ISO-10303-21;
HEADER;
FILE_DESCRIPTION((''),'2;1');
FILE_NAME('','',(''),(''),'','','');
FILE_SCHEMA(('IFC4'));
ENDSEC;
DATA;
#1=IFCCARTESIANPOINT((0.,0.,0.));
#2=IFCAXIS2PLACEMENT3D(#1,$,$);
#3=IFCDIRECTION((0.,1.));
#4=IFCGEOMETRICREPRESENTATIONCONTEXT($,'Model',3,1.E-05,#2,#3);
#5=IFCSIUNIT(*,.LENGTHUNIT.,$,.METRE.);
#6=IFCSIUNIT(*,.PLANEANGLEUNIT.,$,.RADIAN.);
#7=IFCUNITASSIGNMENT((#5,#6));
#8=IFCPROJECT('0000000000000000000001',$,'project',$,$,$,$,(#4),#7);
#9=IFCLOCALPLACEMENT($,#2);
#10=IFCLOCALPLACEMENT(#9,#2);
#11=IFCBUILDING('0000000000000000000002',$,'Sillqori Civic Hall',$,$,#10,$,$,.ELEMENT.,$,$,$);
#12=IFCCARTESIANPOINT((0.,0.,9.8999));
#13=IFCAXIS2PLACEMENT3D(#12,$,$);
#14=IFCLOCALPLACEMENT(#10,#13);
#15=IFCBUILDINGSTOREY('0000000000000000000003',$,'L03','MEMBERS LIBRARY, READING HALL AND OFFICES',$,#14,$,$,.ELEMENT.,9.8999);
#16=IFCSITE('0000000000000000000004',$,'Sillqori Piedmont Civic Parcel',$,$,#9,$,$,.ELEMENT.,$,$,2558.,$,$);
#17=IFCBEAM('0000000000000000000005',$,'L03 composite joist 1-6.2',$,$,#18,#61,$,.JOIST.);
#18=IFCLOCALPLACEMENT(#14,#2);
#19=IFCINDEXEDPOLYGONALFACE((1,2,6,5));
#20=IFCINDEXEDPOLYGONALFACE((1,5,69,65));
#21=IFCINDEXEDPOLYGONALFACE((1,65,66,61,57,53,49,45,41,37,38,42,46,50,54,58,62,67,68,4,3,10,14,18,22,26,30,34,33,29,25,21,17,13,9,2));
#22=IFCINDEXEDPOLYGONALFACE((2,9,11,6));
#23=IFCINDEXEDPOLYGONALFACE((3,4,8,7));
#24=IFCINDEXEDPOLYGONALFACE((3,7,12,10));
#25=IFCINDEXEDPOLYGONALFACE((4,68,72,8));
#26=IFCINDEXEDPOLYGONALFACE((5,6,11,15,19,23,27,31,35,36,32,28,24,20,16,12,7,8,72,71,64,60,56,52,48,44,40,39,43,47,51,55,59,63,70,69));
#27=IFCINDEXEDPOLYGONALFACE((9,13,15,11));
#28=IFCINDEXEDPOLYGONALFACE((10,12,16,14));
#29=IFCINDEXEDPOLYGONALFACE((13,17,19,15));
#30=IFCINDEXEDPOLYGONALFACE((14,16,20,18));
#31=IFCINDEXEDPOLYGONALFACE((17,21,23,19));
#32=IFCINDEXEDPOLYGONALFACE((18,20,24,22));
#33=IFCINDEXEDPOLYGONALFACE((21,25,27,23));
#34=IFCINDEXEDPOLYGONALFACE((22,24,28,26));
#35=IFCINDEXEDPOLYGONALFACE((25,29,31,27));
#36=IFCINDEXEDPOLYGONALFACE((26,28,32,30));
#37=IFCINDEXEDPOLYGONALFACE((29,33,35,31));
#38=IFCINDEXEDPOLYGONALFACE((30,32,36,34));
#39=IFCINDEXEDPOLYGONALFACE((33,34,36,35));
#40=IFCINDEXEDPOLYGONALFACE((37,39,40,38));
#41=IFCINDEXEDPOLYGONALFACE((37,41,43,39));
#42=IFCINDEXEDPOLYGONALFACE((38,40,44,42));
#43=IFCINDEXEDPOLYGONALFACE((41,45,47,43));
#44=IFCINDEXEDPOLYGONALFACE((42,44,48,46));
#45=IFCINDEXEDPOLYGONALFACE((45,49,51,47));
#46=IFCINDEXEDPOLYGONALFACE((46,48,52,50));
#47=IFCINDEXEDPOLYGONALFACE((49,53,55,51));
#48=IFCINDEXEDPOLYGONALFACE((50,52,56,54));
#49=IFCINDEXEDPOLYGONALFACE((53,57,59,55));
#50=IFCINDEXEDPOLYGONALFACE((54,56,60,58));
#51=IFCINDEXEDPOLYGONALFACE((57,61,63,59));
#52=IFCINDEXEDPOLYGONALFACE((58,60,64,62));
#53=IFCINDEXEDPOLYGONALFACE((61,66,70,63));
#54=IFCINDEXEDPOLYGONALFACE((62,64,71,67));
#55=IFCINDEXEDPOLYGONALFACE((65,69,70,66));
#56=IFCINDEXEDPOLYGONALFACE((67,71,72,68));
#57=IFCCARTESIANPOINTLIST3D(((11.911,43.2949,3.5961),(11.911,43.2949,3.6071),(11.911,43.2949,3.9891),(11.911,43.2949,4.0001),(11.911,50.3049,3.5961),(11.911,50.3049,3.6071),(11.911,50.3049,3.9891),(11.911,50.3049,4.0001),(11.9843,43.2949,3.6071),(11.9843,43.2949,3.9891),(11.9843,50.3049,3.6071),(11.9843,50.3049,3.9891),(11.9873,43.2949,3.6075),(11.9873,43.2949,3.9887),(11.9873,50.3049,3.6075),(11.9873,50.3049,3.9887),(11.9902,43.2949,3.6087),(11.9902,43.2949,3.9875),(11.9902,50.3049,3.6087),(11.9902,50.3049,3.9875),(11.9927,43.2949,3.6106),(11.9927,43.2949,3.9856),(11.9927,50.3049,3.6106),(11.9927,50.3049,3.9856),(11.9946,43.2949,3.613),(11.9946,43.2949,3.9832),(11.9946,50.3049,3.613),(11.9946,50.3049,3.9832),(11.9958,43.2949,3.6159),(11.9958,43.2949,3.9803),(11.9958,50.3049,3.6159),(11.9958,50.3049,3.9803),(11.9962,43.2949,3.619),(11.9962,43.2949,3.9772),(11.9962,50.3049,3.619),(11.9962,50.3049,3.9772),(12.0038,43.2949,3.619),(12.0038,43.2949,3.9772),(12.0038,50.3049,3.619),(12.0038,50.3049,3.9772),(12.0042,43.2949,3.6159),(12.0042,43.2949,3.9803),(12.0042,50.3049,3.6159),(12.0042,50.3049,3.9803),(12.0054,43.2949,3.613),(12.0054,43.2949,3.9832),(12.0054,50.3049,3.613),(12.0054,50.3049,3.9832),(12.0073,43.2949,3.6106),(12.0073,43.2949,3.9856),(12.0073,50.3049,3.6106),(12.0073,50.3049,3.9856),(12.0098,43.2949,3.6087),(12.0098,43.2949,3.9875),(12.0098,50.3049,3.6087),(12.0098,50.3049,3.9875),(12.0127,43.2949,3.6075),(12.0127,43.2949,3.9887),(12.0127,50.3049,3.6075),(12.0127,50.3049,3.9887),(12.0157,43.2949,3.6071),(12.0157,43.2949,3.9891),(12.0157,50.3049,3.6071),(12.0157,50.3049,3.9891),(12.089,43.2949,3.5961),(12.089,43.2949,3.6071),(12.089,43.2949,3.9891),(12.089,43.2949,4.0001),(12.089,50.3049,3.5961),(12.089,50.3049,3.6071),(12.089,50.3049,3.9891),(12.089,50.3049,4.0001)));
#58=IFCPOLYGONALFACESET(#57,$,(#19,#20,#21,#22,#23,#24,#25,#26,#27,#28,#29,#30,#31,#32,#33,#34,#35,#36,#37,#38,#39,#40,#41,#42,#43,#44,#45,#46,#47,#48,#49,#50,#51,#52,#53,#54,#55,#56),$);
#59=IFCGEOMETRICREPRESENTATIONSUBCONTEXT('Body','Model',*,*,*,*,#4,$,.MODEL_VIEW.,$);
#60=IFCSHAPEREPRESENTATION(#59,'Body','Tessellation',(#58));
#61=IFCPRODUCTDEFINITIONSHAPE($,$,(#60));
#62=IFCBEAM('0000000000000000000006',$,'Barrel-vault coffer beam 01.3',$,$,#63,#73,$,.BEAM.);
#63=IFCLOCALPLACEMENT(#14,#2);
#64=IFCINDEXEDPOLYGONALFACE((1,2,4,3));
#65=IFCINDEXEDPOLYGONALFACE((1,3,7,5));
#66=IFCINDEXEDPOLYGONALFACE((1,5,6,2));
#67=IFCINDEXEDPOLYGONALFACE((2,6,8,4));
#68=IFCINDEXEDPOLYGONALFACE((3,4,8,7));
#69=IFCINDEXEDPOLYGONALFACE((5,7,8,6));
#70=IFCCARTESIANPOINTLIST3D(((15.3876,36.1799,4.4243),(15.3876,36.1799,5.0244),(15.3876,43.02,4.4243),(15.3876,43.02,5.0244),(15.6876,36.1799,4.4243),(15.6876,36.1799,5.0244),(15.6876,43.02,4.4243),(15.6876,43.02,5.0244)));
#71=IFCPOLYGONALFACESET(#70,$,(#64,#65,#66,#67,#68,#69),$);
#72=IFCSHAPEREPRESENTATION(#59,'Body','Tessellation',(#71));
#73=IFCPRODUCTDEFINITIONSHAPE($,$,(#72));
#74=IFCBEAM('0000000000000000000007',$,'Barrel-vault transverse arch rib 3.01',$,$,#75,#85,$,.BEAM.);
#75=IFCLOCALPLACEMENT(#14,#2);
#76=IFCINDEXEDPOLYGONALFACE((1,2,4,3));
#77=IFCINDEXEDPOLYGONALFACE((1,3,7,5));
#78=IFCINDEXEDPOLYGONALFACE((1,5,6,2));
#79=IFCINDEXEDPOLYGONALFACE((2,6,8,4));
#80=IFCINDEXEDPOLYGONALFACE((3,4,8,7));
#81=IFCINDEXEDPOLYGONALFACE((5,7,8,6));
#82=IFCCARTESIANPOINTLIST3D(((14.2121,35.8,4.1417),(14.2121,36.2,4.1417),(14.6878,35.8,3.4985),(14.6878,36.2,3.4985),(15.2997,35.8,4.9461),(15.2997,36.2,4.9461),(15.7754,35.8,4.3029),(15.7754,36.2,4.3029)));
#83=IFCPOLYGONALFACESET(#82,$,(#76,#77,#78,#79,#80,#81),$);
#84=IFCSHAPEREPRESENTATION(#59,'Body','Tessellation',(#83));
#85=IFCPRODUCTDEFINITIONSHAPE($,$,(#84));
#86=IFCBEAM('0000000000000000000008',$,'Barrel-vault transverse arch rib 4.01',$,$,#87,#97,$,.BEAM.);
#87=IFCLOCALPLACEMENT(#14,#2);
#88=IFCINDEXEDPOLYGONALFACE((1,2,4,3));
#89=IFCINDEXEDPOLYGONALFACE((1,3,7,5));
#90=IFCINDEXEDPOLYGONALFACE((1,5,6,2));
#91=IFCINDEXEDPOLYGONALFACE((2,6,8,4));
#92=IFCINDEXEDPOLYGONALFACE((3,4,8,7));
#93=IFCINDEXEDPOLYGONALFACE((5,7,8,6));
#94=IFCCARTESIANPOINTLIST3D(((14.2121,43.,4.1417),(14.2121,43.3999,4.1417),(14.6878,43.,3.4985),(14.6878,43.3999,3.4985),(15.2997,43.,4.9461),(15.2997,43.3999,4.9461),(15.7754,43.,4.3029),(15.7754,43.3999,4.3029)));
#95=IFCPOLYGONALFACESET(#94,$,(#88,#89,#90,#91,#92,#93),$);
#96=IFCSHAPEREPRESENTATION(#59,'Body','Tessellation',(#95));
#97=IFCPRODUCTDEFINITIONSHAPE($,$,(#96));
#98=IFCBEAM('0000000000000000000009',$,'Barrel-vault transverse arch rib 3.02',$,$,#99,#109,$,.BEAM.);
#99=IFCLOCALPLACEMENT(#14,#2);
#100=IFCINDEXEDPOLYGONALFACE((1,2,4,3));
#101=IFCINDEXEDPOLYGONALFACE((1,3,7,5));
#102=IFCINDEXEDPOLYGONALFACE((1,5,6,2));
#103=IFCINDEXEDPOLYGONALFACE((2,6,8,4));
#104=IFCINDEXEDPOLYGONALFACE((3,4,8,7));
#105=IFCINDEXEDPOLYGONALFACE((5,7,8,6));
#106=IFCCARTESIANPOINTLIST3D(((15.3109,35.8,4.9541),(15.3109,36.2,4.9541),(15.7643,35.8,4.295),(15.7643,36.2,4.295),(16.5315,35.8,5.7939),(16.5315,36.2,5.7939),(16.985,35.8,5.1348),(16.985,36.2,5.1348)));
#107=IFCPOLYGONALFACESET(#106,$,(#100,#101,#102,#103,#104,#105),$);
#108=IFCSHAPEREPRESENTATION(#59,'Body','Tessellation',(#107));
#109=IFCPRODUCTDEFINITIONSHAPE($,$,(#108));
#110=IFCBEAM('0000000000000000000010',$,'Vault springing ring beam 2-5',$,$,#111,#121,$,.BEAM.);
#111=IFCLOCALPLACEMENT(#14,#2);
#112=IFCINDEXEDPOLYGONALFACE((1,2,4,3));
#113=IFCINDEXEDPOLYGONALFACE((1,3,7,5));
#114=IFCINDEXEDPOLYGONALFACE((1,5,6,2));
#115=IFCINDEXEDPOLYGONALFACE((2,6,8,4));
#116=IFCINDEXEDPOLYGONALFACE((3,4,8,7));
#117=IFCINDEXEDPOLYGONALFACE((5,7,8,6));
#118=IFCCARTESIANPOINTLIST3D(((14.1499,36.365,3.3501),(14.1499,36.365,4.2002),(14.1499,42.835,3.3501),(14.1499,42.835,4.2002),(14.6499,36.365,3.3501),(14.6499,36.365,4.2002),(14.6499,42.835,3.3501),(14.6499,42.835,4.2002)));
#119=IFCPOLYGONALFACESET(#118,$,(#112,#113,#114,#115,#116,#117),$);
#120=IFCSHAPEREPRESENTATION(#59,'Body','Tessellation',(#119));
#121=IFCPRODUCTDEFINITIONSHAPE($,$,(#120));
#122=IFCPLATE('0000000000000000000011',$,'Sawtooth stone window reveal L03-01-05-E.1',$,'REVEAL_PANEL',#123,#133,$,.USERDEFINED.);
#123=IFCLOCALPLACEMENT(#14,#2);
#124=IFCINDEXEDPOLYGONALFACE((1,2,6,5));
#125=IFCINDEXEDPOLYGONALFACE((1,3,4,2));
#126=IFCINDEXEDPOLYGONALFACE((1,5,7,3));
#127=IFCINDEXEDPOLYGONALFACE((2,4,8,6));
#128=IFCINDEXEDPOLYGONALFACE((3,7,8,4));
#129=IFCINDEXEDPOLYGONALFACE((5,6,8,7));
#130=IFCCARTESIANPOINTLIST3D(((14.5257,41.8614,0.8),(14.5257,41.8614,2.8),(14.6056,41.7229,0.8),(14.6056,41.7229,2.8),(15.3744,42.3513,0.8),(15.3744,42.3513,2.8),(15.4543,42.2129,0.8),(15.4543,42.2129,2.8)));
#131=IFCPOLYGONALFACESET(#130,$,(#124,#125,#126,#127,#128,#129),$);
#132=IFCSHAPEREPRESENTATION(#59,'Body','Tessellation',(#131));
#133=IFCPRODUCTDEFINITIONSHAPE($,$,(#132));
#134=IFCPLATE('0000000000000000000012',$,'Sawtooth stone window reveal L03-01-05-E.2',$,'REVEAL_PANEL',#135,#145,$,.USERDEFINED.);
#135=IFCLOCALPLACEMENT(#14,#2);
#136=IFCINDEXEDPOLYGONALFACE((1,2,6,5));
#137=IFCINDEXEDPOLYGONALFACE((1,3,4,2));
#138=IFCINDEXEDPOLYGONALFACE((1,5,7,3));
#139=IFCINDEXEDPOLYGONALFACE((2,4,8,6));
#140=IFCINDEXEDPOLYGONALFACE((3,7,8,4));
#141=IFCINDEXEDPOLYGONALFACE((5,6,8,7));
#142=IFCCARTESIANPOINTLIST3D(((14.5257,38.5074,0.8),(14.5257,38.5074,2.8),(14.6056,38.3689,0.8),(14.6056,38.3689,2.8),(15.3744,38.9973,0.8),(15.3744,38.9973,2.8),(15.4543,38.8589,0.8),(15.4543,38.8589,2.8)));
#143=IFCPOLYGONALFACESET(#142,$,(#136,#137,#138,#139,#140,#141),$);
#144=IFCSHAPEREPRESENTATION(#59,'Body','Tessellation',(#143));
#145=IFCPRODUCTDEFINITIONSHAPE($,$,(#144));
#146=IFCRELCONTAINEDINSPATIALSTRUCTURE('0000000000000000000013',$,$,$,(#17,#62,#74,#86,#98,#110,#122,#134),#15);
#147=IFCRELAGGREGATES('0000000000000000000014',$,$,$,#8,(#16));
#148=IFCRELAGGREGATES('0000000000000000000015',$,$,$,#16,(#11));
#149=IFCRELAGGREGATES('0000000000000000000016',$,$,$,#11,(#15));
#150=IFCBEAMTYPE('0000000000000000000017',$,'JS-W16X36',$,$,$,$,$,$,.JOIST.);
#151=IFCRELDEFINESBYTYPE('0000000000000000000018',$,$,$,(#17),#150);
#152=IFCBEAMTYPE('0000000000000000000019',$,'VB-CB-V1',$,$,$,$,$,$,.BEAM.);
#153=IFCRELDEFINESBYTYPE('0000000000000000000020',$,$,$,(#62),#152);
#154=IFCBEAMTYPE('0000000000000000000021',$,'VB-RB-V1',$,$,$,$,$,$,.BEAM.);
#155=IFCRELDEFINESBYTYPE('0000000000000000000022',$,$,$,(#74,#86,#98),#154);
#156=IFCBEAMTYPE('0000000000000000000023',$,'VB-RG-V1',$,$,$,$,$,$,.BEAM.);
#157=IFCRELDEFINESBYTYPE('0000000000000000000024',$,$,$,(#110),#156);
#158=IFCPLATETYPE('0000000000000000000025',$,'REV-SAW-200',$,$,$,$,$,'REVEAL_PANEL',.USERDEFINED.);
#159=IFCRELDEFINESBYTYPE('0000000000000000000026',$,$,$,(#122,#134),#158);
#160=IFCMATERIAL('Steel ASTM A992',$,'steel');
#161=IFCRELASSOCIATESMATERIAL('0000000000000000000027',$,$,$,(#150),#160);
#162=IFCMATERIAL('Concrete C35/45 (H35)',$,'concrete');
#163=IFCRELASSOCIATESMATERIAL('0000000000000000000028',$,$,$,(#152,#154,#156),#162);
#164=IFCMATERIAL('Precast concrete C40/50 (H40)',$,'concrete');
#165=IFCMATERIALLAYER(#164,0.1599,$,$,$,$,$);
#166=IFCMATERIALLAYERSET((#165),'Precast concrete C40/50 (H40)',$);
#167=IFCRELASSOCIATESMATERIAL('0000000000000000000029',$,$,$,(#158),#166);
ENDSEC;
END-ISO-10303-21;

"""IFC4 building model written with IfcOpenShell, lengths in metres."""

from ifc_helpers import new_model, si_unit, direction, frame, origin, origin_2d, place, context, subcontext, project, spatial, rectangle, i_section, extrude, material, layer, layer_set, material_profile, profile_set, type_object, element, save


model = new_model("IFC4")

# Units and contexts
model_context = context("Model", 3, precision=1e-05, world=origin(), true_north=direction((0.0, 1.0)))
body_context = subcontext(model_context, "Body", "Model", "MODEL_VIEW")
ifc_project = project(units=[si_unit("LENGTHUNIT", "METRE"), si_unit("PLANEANGLEUNIT", "RADIAN")], contexts=[model_context])

# Site, building, storey
site_placement = place(None, origin())
site = spatial("IfcSite", under=ifc_project, at=site_placement, Name="Sillqori Piedmont Civic Parcel", CompositionType="ELEMENT", RefElevation=2558.0)
building_placement = place(site_placement, origin())
building = spatial("IfcBuilding", under=site, at=building_placement, Name="Sillqori Civic Hall", CompositionType="ELEMENT")
storey_placement = place(building_placement, frame((0.0, 0.0, 9.8999)))
storey = spatial("IfcBuildingStorey", under=building, at=storey_placement, Name="L03", Description="MEMBERS LIBRARY, READING HALL AND OFFICES", CompositionType="ELEMENT", Elevation=9.8999)

# Shared definitions
ifc_material_1 = material(Name="Concrete C35/45 (H35)", Category="concrete")

# Beams
ifc_material_2 = material(Name="Steel ASTM A992", Category="steel")
ifc_material_profile_1 = material_profile(ifc_material_2, i_section(OverallWidth=0.178, OverallDepth=0.4041, WebThickness=0.0076, FlangeThickness=0.011, FilletRadius=0.012, at=origin_2d()), Name="W16X36")
ifc_profile_set_1 = profile_set([ifc_material_profile_1], Name="Steel ASTM A992")
beam_type_1 = type_object("IfcBeamType", Name="JS-W16X36", PredefinedType="JOIST", material=ifc_profile_set_1)
for number, where, z_axis, x_axis, name in (
    (1, (12.0, 43.2949, 3.7981), (0.0, 1.0, 0.0), (-1.0, 0.0, 0.0), "L03 composite joist 1-6.2"),
):
    element("IfcBeam", number, at=place(storey_placement, frame(where, z_axis=z_axis, x_axis=x_axis)), inside=storey, type_object=beam_type_1, Name=name, PredefinedType="JOIST", context=body_context, shape_type="SweptSolid", body=[
        extrude(i_section(OverallWidth=0.178, OverallDepth=0.4041, WebThickness=0.0076, FlangeThickness=0.011, FilletRadius=0.012, at=origin_2d()), origin(), (0.0, 0.0, 1.0), 7.01),
    ])
ifc_material_profile_2 = material_profile(ifc_material_1, rectangle(XDim=0.3, YDim=0.6001, at=origin_2d()), Name="RC 300x600")
ifc_profile_set_2 = profile_set([ifc_material_profile_2], Name="Concrete C35/45 (H35)")
beam_type_2 = type_object("IfcBeamType", Name="VB-CB-V1", PredefinedType="BEAM", material=ifc_profile_set_2)
beam_1_placement = place(storey_placement, frame((15.5376, 36.1799, 4.7244), z_axis=(0.0, 1.0, 0.0), x_axis=(-1.0, 0.0, 0.0)))
element("IfcBeam", 2, at=beam_1_placement, inside=storey, type_object=beam_type_2, Name="Barrel-vault coffer beam 01.3", PredefinedType="BEAM", context=body_context, shape_type="SweptSolid", body=[
    extrude(rectangle(XDim=0.3, YDim=0.6001, at=origin_2d()), origin(), (0.0, 0.0, 1.0), 6.8401),
])
ifc_material_profile_3 = material_profile(ifc_material_1, rectangle(XDim=0.3999, YDim=0.8, at=origin_2d()), Name="RC 400x800")
ifc_profile_set_3 = profile_set([ifc_material_profile_3], Name="Concrete C35/45 (H35)")
beam_type_3 = type_object("IfcBeamType", Name="VB-RB-V1", PredefinedType="BEAM", material=ifc_profile_set_3)
for number, where, z_axis, x_axis, name in (
    (3, (14.45, 36.0, 3.8201), (0.803989, 0.0, 0.594645), (0.0, 1.0, 0.0), "Barrel-vault transverse arch rib 3.01"),
    (4, (14.45, 43.2, 3.8201), (0.803989, 0.0, 0.594645), (0.0, 1.0, 0.0), "Barrel-vault transverse arch rib 4.01"),
):
    element("IfcBeam", number, at=place(storey_placement, frame(where, z_axis=z_axis, x_axis=x_axis)), inside=storey, type_object=beam_type_3, Name=name, PredefinedType="BEAM", context=body_context, shape_type="SweptSolid", body=[
        extrude(rectangle(XDim=0.3999, YDim=0.8, at=origin_2d()), origin(), (0.0, 0.0, 1.0), 1.3528),
    ])
beam_2_placement = place(storey_placement, frame((15.5376, 36.0, 4.6245), z_axis=(0.82385, 0.0, 0.566809), x_axis=(0.0, 1.0, 0.0)))
element("IfcBeam", 5, at=beam_2_placement, inside=storey, type_object=beam_type_3, Name="Barrel-vault transverse arch rib 3.02", PredefinedType="BEAM", context=body_context, shape_type="SweptSolid", body=[
    extrude(rectangle(XDim=0.3999, YDim=0.8, at=origin_2d()), origin(), (0.0, 0.0, 1.0), 1.4817),
])
ifc_material_profile_4 = material_profile(ifc_material_1, rectangle(XDim=0.5, YDim=0.8501, at=origin_2d()), Name="RC 500x850")
ifc_profile_set_4 = profile_set([ifc_material_profile_4], Name="Concrete C35/45 (H35)")
beam_type_4 = type_object("IfcBeamType", Name="VB-RG-V1", PredefinedType="BEAM", material=ifc_profile_set_4)
beam_3_placement = place(storey_placement, frame((14.3999, 36.365, 3.7751), z_axis=(0.0, 1.0, 0.0), x_axis=(-1.0, 0.0, 0.0)))
element("IfcBeam", 6, at=beam_3_placement, inside=storey, type_object=beam_type_4, Name="Vault springing ring beam 2-5", PredefinedType="BEAM", context=body_context, shape_type="SweptSolid", body=[
    extrude(rectangle(XDim=0.5, YDim=0.8501, at=origin_2d()), origin(), (0.0, 0.0, 1.0), 6.47),
])

# Plates
ifc_material_3 = material(Name="Precast concrete C40/50 (H40)", Category="concrete")
ifc_layer_1 = layer(ifc_material_3, 0.1599)
ifc_layer_set_1 = layer_set([ifc_layer_1], Name="Precast concrete C40/50 (H40)")
plate_type = type_object("IfcPlateType", Name="REV-SAW-200", ElementType="REVEAL_PANEL", PredefinedType="USERDEFINED", material=ifc_layer_set_1)
for number, where, z_axis, x_axis, name in (
    (7, (14.99, 42.0371, 0.8), (0.0, 0.0, 1.0), (0.5, -0.866025, 0.0), "Sawtooth stone window reveal L03-01-05-E.1"),
    (8, (14.99, 38.6831, 0.8), (0.0, 0.0, 1.0), (0.5, -0.866025, 0.0), "Sawtooth stone window reveal L03-01-05-E.2"),
):
    element("IfcPlate", number, at=place(storey_placement, frame(where, z_axis=z_axis, x_axis=x_axis)), inside=storey, type_object=plate_type, Name=name, ObjectType="REVEAL_PANEL", PredefinedType="USERDEFINED", context=body_context, shape_type="SweptSolid", body=[
        extrude(rectangle(XDim=0.1599, YDim=0.98, at=origin_2d()), origin(), (0.0, 0.0, 1.0), 2.0),
    ])

save(model, "model.ifc")
